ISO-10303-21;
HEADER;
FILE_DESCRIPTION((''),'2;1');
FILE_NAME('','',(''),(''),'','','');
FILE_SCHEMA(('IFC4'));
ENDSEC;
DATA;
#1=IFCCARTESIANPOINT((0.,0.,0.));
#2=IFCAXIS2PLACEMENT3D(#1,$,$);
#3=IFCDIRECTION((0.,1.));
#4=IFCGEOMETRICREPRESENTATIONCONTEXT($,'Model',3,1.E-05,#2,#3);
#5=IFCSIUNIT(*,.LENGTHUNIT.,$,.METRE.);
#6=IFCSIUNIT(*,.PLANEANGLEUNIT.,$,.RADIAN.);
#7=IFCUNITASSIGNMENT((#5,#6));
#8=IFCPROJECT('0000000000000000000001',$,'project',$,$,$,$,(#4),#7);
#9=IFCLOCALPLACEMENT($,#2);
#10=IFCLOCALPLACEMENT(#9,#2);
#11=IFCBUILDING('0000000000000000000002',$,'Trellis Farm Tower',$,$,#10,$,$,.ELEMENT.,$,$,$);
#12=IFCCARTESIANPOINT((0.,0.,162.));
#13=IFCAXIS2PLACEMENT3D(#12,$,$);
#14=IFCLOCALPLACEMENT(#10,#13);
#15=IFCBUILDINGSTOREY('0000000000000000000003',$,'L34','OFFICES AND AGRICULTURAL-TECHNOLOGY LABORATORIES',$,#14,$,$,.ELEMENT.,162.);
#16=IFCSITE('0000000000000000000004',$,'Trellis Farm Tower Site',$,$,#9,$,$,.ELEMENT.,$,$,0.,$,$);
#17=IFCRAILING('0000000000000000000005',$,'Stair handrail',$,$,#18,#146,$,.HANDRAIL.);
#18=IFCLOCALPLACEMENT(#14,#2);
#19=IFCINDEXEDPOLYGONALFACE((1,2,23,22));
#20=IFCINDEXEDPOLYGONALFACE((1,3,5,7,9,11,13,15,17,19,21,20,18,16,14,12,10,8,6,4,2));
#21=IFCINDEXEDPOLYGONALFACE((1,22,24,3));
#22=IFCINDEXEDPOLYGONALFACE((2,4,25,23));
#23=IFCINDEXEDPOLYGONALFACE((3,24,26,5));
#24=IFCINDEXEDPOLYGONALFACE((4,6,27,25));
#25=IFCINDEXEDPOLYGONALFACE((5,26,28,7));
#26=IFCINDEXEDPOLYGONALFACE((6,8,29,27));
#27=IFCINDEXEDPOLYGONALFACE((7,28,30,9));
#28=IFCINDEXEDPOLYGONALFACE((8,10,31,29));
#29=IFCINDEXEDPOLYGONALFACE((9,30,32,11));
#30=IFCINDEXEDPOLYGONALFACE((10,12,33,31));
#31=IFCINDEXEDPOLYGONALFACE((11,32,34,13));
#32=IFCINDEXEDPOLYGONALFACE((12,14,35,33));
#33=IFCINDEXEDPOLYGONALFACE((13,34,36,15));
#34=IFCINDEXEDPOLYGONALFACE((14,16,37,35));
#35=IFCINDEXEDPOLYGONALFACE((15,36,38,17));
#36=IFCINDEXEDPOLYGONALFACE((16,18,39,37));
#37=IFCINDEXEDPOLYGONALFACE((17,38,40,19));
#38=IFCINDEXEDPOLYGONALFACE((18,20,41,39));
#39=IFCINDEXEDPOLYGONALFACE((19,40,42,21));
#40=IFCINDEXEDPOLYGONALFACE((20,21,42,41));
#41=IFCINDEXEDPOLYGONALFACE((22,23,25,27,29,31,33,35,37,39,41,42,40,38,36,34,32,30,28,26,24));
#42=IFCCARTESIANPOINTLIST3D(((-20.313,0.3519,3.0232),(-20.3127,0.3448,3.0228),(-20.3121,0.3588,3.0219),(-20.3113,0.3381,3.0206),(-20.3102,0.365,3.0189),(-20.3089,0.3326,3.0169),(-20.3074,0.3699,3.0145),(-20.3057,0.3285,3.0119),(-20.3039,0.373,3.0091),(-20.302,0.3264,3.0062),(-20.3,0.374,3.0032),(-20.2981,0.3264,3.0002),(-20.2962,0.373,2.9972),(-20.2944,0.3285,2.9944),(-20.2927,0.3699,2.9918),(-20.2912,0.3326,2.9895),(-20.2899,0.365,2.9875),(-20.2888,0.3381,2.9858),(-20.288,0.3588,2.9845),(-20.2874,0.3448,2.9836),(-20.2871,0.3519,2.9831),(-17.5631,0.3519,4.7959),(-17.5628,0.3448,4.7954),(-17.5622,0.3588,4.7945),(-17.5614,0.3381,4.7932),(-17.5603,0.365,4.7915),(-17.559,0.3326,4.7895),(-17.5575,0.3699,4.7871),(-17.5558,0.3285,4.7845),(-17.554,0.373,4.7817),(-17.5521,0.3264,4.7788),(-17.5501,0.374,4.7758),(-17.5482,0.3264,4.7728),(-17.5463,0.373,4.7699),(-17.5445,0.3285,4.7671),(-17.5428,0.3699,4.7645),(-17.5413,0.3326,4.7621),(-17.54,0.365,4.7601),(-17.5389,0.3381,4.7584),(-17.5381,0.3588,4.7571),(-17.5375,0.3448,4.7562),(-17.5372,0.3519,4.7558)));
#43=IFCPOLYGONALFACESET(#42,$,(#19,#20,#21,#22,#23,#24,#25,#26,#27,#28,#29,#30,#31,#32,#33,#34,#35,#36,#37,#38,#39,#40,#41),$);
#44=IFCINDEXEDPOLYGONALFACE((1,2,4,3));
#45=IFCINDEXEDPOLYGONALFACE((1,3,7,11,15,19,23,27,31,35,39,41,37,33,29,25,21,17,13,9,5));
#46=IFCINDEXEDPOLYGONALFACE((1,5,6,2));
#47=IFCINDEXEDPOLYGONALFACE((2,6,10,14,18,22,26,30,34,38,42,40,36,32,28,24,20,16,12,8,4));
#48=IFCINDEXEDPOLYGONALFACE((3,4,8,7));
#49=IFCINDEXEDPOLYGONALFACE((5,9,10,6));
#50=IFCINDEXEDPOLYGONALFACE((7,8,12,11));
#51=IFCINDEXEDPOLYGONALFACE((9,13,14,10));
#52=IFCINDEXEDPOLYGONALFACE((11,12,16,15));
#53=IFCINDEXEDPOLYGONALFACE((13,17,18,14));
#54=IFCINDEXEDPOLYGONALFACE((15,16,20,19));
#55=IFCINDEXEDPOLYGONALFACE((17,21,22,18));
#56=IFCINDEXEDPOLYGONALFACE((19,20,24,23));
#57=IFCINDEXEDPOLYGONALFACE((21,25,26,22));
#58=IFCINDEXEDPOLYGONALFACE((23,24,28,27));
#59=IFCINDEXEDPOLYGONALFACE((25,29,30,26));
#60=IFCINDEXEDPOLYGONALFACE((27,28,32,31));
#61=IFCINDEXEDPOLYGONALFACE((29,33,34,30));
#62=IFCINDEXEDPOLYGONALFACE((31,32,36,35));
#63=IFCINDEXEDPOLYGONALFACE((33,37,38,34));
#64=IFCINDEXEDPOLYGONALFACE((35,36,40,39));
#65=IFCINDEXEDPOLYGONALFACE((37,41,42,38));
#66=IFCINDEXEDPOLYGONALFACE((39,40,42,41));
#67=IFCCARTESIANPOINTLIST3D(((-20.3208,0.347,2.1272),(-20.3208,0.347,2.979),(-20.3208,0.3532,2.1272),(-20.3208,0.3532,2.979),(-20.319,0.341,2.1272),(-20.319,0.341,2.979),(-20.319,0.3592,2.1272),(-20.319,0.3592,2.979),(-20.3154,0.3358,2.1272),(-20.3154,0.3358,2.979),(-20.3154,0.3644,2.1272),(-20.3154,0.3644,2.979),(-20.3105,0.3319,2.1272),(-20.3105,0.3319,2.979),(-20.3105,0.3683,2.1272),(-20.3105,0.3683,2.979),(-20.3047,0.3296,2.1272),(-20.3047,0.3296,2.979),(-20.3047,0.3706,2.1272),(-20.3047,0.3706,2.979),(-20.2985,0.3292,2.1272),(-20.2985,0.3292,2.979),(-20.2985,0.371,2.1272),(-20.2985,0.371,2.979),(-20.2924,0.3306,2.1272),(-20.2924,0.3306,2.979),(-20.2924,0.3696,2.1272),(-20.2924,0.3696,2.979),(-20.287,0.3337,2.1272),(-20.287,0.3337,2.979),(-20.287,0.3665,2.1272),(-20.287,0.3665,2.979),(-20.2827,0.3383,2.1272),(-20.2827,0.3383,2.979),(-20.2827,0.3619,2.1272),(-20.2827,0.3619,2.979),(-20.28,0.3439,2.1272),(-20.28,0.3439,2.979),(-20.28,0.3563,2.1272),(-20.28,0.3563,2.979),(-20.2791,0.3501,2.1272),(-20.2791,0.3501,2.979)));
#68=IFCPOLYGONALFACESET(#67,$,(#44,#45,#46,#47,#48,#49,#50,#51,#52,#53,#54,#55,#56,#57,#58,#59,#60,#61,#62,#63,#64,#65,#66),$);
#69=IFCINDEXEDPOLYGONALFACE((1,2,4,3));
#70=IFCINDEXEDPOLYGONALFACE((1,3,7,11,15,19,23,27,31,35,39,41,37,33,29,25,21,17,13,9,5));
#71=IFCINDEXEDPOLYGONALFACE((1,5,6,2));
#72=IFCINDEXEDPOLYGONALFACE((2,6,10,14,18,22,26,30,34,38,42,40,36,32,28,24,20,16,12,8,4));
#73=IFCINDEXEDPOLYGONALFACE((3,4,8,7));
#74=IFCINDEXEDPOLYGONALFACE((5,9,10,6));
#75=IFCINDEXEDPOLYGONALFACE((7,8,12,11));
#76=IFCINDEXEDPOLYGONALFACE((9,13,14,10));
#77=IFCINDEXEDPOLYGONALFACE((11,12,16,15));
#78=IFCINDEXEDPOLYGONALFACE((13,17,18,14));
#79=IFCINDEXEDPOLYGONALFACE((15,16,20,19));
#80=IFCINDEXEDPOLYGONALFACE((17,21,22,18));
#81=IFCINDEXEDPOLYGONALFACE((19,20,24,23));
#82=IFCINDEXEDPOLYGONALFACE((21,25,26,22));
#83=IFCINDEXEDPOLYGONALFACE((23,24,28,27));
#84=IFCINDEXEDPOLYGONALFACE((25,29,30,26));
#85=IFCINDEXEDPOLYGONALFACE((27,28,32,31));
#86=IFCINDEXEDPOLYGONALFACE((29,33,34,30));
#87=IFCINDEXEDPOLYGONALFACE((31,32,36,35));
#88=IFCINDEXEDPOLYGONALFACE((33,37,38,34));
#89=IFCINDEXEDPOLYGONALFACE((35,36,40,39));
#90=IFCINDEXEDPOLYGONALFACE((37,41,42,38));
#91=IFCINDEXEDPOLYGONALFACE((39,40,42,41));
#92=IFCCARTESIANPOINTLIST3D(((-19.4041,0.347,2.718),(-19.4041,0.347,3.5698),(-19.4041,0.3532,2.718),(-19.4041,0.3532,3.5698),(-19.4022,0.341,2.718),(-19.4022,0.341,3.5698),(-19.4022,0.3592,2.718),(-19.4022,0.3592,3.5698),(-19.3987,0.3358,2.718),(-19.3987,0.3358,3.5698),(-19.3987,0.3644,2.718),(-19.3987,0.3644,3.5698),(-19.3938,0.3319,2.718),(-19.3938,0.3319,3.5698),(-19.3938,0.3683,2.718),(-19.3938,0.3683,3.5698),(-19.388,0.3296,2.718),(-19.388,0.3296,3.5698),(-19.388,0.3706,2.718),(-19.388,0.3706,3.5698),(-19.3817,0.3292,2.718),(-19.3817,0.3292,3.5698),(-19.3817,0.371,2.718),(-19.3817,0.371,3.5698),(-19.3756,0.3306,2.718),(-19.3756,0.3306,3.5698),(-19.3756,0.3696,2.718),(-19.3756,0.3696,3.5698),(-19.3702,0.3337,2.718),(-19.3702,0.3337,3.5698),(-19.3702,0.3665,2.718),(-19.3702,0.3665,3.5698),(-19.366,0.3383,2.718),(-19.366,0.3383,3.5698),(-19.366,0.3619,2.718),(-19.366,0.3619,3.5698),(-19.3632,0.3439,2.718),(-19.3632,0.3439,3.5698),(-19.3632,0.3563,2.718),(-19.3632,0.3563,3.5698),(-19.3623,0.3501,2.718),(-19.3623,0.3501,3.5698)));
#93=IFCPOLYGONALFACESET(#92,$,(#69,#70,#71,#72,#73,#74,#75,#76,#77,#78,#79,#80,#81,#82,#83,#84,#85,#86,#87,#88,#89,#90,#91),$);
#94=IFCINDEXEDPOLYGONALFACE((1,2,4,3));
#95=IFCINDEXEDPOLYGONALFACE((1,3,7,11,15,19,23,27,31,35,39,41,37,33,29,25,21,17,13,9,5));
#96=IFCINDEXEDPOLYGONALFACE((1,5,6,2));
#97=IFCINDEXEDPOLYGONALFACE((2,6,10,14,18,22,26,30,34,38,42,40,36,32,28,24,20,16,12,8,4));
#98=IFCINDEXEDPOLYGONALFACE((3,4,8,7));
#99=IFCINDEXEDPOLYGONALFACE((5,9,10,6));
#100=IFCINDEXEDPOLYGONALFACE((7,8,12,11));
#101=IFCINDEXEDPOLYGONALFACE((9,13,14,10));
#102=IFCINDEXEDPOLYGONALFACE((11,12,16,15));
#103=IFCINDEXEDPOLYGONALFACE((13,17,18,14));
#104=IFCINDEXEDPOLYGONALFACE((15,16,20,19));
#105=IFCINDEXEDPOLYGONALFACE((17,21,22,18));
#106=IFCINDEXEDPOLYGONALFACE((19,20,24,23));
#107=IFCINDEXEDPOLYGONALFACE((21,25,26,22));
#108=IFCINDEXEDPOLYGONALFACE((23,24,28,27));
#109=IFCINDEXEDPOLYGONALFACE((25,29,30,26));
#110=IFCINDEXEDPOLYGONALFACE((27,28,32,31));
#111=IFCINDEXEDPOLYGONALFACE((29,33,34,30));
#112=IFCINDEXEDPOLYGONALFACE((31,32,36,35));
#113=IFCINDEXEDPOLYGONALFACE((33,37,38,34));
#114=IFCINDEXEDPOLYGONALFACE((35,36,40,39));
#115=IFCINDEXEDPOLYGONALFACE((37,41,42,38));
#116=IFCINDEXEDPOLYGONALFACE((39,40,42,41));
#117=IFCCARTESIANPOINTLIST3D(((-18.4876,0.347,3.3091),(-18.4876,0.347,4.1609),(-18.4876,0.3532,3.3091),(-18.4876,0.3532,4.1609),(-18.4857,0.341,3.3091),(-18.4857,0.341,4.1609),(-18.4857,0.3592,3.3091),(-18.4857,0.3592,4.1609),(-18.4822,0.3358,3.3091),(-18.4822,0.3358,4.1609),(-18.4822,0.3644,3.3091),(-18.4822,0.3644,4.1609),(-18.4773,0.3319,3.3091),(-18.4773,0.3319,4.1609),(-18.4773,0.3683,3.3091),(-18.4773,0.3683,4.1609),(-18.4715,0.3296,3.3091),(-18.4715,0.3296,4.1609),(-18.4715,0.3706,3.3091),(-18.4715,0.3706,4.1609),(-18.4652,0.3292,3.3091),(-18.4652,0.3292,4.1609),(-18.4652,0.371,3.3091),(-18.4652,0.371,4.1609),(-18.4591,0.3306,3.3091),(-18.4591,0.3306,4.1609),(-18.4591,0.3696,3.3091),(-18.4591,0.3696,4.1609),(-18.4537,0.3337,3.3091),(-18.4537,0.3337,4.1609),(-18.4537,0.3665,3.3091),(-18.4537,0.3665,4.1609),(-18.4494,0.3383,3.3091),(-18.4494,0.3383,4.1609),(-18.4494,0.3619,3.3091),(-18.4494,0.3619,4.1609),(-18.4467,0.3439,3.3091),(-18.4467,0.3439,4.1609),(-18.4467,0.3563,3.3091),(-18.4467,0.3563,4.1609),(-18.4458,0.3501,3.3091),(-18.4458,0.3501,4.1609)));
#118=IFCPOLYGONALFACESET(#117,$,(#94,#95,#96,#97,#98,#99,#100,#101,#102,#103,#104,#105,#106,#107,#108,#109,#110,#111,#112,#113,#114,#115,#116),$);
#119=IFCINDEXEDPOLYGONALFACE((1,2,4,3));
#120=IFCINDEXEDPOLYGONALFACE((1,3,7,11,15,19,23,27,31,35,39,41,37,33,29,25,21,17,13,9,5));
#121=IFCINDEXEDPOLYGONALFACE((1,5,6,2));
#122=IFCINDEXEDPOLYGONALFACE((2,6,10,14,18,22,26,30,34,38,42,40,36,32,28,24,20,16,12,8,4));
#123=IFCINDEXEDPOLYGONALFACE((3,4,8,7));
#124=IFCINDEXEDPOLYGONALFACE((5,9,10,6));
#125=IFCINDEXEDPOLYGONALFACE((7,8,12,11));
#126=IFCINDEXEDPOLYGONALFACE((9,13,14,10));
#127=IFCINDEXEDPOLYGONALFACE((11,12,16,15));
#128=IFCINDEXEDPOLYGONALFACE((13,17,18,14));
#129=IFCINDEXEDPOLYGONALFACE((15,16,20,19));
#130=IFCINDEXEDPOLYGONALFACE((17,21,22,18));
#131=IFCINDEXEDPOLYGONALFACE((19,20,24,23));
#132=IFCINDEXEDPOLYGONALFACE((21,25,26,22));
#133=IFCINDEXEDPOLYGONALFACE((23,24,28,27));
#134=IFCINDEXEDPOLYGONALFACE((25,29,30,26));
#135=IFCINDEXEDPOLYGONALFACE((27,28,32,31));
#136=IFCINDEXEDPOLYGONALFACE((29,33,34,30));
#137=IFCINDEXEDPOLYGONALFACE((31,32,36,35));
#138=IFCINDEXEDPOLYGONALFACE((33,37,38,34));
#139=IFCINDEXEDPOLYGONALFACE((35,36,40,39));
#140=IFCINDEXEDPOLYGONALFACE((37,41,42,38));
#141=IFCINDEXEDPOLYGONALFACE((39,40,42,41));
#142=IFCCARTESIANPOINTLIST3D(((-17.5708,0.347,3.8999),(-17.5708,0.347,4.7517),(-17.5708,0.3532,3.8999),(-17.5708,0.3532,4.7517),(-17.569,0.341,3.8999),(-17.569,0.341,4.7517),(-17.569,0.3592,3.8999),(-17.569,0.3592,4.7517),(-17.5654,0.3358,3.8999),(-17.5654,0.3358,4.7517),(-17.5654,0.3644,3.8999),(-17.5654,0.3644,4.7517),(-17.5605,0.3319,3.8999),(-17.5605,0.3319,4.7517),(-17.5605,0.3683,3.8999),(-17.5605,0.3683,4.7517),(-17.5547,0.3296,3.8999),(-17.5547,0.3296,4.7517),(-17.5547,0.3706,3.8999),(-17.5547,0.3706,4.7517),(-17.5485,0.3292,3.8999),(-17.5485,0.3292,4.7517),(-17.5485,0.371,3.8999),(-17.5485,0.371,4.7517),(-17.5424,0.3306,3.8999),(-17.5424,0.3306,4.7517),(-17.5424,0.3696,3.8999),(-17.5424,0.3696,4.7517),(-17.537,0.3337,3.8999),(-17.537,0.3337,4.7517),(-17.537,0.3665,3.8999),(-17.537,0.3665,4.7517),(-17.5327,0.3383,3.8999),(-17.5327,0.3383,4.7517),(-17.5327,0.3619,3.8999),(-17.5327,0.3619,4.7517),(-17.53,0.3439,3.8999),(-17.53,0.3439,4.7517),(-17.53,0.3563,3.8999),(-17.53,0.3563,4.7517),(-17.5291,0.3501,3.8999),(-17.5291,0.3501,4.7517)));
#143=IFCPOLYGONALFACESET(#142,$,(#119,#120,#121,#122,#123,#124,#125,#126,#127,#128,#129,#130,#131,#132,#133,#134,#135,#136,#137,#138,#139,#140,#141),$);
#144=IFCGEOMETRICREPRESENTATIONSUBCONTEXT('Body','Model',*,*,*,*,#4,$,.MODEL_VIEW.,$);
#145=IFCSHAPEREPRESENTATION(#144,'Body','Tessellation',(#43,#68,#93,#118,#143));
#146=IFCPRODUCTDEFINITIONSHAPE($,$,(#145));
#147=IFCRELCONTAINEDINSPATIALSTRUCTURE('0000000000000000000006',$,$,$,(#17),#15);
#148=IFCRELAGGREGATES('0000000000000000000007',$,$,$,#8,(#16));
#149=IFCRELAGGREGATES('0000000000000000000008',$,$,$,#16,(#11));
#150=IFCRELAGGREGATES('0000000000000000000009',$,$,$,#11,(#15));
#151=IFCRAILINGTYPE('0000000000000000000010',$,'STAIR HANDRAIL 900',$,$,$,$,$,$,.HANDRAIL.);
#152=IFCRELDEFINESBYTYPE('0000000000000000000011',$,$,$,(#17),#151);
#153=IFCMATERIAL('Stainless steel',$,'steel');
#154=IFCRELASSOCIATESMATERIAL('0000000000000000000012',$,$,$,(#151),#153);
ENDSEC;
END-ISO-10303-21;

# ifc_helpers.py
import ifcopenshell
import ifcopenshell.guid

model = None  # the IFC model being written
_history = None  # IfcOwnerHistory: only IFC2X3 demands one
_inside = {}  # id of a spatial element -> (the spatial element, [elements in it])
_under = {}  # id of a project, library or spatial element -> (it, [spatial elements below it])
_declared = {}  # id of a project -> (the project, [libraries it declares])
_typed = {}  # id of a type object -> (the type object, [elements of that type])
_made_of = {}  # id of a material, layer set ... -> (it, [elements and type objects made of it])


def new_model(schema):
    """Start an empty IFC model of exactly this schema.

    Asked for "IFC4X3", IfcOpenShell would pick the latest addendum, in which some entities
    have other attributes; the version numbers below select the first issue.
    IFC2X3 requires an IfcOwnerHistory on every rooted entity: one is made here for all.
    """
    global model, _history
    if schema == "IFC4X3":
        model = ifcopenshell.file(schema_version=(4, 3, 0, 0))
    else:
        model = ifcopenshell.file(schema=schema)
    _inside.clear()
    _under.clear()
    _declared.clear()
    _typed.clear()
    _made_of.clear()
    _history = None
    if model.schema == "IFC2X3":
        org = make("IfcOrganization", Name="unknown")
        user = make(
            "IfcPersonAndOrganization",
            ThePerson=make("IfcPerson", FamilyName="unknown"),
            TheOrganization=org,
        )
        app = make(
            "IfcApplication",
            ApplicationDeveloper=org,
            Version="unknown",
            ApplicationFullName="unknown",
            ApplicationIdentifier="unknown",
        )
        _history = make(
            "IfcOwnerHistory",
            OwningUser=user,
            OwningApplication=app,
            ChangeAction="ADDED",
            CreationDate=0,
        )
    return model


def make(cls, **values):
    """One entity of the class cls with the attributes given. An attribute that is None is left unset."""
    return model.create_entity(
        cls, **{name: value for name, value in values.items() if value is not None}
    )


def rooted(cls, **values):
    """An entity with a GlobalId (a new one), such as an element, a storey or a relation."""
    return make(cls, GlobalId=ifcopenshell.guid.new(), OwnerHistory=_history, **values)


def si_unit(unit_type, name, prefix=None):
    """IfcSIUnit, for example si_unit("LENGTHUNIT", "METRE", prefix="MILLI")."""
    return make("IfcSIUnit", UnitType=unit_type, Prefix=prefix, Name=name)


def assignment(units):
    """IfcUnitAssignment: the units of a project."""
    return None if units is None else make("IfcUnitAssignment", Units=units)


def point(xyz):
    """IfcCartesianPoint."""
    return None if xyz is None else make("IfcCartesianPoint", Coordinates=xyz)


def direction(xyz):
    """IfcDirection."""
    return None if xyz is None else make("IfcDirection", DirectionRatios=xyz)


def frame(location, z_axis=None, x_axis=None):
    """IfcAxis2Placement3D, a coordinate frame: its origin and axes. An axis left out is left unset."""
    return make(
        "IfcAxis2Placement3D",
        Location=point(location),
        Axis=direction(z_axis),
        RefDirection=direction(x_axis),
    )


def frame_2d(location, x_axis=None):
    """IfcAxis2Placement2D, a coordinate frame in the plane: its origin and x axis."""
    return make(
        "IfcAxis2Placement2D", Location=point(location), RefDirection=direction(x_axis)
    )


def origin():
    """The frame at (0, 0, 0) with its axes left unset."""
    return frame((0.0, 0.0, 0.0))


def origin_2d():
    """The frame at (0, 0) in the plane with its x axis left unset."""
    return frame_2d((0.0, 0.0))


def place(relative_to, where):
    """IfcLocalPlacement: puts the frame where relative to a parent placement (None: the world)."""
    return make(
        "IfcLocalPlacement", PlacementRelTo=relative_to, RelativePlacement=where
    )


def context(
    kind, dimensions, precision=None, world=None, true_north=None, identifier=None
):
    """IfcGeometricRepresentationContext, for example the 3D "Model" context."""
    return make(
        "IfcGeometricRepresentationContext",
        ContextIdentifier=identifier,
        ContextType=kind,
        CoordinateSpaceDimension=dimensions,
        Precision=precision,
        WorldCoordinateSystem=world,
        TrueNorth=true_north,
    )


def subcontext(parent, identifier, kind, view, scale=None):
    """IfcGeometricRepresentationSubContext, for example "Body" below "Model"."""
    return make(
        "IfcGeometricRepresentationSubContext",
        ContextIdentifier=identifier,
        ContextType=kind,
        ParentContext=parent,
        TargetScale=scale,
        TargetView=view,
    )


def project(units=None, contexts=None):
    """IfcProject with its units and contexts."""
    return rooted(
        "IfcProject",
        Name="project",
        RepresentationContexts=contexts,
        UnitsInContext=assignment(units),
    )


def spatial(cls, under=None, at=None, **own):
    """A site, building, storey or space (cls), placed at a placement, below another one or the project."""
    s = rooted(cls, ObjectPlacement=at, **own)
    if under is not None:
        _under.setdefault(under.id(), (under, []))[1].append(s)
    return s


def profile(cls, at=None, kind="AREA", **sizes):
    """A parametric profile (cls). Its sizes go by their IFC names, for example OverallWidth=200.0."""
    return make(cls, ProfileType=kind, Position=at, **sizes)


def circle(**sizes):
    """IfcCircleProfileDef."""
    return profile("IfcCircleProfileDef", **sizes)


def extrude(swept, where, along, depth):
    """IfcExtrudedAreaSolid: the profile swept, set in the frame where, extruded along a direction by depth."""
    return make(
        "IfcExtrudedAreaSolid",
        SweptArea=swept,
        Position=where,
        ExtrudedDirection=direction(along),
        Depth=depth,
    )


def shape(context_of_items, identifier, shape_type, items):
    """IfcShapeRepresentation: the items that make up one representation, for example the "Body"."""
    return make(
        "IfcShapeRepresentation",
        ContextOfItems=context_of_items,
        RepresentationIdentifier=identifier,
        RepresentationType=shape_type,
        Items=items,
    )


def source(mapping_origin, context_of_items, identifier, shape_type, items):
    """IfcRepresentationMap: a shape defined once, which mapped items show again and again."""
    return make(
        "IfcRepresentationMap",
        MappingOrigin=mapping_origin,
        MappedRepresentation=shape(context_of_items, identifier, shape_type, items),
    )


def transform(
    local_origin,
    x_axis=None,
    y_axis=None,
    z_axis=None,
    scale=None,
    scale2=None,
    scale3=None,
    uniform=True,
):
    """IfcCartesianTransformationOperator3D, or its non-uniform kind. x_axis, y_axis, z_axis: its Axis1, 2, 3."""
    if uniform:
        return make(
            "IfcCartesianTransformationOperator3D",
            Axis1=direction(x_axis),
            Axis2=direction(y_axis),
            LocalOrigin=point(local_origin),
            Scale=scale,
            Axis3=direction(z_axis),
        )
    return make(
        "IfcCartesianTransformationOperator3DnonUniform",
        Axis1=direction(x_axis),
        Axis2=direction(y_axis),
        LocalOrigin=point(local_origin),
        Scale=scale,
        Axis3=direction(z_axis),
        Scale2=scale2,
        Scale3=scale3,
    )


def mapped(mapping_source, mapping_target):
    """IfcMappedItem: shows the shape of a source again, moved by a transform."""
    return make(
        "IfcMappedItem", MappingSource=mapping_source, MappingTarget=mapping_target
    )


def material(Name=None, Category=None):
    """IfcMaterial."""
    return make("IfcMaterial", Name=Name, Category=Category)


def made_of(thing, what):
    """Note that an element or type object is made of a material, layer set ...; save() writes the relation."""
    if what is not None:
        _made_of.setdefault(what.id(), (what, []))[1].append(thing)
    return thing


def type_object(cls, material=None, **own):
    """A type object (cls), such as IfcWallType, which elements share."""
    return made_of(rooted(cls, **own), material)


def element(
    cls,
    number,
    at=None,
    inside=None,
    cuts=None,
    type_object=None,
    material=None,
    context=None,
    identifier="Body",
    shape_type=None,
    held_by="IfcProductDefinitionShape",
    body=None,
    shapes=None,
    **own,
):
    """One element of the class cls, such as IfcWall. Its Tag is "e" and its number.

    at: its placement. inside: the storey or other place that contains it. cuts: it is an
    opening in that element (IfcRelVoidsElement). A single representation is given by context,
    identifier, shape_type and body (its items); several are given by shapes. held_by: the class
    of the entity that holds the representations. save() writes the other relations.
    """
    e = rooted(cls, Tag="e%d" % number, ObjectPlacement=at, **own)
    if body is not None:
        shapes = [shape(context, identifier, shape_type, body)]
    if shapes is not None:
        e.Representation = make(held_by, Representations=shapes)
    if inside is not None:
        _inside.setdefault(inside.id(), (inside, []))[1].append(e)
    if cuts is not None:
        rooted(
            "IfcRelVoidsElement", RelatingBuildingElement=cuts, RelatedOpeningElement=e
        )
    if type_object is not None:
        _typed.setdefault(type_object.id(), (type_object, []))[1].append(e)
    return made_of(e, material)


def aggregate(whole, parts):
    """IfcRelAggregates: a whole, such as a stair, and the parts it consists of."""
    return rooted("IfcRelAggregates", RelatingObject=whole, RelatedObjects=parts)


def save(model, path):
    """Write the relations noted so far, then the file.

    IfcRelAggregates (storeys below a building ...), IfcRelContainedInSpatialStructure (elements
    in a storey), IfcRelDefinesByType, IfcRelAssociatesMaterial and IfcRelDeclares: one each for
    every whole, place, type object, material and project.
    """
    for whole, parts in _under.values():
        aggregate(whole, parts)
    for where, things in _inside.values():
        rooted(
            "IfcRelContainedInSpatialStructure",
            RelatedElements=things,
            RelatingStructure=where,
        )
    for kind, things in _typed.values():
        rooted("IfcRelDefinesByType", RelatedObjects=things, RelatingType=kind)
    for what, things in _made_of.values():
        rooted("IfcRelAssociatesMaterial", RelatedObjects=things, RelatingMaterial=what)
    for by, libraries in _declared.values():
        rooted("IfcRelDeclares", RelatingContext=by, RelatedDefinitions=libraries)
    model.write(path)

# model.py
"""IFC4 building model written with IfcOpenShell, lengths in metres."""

from ifc_helpers import new_model, si_unit, direction, frame, origin, origin_2d, place, context, subcontext, project, spatial, circle, extrude, source, transform, mapped, material, type_object, element, save


model = new_model("IFC4")

# Units and contexts
model_context = context("Model", 3, precision=1e-05, world=origin(), true_north=direction((0.0, 1.0)))
body_context = subcontext(model_context, "Body", "Model", "MODEL_VIEW")
ifc_project = project(units=[si_unit("LENGTHUNIT", "METRE"), si_unit("PLANEANGLEUNIT", "RADIAN")], contexts=[model_context])

# Site, building, storey
site_placement = place(None, origin())
site = spatial("IfcSite", under=ifc_project, at=site_placement, Name="Trellis Farm Tower Site", CompositionType="ELEMENT", RefElevation=0.0)
building_placement = place(site_placement, origin())
building = spatial("IfcBuilding", under=site, at=building_placement, Name="Trellis Farm Tower", CompositionType="ELEMENT")
storey_placement = place(building_placement, frame((0.0, 0.0, 162.0)))
storey = spatial("IfcBuildingStorey", under=building, at=storey_placement, Name="L34", Description="OFFICES AND AGRICULTURAL-TECHNOLOGY LABORATORIES", CompositionType="ELEMENT", Elevation=162.0)

# Railing
ifc_material_1 = material(Name="Stainless steel", Category="steel")
railing_type = type_object("IfcRailingType", Name="STAIR HANDRAIL 900", PredefinedType="HANDRAIL", material=ifc_material_1)
shared_shape_1 = source(origin(), body_context, "Body", "SweptSolid", [
    extrude(circle(Radius=0.0239, at=origin_2d()), frame((0.0, 0.0, 0.876), z_axis=(0.840504, 0.0, 0.541806), x_axis=(0.0, 1.0, 0.0)), (0.0, 0.0, 1.0), 3.2717),
    extrude(circle(Radius=0.021, at=origin_2d()), origin(), (0.0, 0.0, 1.0), 0.8518),
    extrude(circle(Radius=0.021, at=origin_2d()), frame((0.9167, 0.0, 0.5908)), (0.0, 0.0, 1.0), 0.8518),
    extrude(circle(Radius=0.021, at=origin_2d()), frame((1.8333, 0.0, 1.1819)), (0.0, 0.0, 1.0), 0.8518),
    extrude(circle(Radius=0.021, at=origin_2d()), frame((2.75, 0.0, 1.7727)), (0.0, 0.0, 1.0), 0.8518),
])
for number, where, name in (
    (1, (-20.3, 0.3501, 2.1272), "Stair handrail"),
):
    element("IfcRailing", number, at=place(storey_placement, frame(where)), inside=storey, type_object=railing_type, Name=name, PredefinedType="HANDRAIL", context=body_context, shape_type="MappedRepresentation", body=[
        mapped(shared_shape_1, transform((0.0, 0.0, 0.0))),
    ])

save(model, "model.ifc")
